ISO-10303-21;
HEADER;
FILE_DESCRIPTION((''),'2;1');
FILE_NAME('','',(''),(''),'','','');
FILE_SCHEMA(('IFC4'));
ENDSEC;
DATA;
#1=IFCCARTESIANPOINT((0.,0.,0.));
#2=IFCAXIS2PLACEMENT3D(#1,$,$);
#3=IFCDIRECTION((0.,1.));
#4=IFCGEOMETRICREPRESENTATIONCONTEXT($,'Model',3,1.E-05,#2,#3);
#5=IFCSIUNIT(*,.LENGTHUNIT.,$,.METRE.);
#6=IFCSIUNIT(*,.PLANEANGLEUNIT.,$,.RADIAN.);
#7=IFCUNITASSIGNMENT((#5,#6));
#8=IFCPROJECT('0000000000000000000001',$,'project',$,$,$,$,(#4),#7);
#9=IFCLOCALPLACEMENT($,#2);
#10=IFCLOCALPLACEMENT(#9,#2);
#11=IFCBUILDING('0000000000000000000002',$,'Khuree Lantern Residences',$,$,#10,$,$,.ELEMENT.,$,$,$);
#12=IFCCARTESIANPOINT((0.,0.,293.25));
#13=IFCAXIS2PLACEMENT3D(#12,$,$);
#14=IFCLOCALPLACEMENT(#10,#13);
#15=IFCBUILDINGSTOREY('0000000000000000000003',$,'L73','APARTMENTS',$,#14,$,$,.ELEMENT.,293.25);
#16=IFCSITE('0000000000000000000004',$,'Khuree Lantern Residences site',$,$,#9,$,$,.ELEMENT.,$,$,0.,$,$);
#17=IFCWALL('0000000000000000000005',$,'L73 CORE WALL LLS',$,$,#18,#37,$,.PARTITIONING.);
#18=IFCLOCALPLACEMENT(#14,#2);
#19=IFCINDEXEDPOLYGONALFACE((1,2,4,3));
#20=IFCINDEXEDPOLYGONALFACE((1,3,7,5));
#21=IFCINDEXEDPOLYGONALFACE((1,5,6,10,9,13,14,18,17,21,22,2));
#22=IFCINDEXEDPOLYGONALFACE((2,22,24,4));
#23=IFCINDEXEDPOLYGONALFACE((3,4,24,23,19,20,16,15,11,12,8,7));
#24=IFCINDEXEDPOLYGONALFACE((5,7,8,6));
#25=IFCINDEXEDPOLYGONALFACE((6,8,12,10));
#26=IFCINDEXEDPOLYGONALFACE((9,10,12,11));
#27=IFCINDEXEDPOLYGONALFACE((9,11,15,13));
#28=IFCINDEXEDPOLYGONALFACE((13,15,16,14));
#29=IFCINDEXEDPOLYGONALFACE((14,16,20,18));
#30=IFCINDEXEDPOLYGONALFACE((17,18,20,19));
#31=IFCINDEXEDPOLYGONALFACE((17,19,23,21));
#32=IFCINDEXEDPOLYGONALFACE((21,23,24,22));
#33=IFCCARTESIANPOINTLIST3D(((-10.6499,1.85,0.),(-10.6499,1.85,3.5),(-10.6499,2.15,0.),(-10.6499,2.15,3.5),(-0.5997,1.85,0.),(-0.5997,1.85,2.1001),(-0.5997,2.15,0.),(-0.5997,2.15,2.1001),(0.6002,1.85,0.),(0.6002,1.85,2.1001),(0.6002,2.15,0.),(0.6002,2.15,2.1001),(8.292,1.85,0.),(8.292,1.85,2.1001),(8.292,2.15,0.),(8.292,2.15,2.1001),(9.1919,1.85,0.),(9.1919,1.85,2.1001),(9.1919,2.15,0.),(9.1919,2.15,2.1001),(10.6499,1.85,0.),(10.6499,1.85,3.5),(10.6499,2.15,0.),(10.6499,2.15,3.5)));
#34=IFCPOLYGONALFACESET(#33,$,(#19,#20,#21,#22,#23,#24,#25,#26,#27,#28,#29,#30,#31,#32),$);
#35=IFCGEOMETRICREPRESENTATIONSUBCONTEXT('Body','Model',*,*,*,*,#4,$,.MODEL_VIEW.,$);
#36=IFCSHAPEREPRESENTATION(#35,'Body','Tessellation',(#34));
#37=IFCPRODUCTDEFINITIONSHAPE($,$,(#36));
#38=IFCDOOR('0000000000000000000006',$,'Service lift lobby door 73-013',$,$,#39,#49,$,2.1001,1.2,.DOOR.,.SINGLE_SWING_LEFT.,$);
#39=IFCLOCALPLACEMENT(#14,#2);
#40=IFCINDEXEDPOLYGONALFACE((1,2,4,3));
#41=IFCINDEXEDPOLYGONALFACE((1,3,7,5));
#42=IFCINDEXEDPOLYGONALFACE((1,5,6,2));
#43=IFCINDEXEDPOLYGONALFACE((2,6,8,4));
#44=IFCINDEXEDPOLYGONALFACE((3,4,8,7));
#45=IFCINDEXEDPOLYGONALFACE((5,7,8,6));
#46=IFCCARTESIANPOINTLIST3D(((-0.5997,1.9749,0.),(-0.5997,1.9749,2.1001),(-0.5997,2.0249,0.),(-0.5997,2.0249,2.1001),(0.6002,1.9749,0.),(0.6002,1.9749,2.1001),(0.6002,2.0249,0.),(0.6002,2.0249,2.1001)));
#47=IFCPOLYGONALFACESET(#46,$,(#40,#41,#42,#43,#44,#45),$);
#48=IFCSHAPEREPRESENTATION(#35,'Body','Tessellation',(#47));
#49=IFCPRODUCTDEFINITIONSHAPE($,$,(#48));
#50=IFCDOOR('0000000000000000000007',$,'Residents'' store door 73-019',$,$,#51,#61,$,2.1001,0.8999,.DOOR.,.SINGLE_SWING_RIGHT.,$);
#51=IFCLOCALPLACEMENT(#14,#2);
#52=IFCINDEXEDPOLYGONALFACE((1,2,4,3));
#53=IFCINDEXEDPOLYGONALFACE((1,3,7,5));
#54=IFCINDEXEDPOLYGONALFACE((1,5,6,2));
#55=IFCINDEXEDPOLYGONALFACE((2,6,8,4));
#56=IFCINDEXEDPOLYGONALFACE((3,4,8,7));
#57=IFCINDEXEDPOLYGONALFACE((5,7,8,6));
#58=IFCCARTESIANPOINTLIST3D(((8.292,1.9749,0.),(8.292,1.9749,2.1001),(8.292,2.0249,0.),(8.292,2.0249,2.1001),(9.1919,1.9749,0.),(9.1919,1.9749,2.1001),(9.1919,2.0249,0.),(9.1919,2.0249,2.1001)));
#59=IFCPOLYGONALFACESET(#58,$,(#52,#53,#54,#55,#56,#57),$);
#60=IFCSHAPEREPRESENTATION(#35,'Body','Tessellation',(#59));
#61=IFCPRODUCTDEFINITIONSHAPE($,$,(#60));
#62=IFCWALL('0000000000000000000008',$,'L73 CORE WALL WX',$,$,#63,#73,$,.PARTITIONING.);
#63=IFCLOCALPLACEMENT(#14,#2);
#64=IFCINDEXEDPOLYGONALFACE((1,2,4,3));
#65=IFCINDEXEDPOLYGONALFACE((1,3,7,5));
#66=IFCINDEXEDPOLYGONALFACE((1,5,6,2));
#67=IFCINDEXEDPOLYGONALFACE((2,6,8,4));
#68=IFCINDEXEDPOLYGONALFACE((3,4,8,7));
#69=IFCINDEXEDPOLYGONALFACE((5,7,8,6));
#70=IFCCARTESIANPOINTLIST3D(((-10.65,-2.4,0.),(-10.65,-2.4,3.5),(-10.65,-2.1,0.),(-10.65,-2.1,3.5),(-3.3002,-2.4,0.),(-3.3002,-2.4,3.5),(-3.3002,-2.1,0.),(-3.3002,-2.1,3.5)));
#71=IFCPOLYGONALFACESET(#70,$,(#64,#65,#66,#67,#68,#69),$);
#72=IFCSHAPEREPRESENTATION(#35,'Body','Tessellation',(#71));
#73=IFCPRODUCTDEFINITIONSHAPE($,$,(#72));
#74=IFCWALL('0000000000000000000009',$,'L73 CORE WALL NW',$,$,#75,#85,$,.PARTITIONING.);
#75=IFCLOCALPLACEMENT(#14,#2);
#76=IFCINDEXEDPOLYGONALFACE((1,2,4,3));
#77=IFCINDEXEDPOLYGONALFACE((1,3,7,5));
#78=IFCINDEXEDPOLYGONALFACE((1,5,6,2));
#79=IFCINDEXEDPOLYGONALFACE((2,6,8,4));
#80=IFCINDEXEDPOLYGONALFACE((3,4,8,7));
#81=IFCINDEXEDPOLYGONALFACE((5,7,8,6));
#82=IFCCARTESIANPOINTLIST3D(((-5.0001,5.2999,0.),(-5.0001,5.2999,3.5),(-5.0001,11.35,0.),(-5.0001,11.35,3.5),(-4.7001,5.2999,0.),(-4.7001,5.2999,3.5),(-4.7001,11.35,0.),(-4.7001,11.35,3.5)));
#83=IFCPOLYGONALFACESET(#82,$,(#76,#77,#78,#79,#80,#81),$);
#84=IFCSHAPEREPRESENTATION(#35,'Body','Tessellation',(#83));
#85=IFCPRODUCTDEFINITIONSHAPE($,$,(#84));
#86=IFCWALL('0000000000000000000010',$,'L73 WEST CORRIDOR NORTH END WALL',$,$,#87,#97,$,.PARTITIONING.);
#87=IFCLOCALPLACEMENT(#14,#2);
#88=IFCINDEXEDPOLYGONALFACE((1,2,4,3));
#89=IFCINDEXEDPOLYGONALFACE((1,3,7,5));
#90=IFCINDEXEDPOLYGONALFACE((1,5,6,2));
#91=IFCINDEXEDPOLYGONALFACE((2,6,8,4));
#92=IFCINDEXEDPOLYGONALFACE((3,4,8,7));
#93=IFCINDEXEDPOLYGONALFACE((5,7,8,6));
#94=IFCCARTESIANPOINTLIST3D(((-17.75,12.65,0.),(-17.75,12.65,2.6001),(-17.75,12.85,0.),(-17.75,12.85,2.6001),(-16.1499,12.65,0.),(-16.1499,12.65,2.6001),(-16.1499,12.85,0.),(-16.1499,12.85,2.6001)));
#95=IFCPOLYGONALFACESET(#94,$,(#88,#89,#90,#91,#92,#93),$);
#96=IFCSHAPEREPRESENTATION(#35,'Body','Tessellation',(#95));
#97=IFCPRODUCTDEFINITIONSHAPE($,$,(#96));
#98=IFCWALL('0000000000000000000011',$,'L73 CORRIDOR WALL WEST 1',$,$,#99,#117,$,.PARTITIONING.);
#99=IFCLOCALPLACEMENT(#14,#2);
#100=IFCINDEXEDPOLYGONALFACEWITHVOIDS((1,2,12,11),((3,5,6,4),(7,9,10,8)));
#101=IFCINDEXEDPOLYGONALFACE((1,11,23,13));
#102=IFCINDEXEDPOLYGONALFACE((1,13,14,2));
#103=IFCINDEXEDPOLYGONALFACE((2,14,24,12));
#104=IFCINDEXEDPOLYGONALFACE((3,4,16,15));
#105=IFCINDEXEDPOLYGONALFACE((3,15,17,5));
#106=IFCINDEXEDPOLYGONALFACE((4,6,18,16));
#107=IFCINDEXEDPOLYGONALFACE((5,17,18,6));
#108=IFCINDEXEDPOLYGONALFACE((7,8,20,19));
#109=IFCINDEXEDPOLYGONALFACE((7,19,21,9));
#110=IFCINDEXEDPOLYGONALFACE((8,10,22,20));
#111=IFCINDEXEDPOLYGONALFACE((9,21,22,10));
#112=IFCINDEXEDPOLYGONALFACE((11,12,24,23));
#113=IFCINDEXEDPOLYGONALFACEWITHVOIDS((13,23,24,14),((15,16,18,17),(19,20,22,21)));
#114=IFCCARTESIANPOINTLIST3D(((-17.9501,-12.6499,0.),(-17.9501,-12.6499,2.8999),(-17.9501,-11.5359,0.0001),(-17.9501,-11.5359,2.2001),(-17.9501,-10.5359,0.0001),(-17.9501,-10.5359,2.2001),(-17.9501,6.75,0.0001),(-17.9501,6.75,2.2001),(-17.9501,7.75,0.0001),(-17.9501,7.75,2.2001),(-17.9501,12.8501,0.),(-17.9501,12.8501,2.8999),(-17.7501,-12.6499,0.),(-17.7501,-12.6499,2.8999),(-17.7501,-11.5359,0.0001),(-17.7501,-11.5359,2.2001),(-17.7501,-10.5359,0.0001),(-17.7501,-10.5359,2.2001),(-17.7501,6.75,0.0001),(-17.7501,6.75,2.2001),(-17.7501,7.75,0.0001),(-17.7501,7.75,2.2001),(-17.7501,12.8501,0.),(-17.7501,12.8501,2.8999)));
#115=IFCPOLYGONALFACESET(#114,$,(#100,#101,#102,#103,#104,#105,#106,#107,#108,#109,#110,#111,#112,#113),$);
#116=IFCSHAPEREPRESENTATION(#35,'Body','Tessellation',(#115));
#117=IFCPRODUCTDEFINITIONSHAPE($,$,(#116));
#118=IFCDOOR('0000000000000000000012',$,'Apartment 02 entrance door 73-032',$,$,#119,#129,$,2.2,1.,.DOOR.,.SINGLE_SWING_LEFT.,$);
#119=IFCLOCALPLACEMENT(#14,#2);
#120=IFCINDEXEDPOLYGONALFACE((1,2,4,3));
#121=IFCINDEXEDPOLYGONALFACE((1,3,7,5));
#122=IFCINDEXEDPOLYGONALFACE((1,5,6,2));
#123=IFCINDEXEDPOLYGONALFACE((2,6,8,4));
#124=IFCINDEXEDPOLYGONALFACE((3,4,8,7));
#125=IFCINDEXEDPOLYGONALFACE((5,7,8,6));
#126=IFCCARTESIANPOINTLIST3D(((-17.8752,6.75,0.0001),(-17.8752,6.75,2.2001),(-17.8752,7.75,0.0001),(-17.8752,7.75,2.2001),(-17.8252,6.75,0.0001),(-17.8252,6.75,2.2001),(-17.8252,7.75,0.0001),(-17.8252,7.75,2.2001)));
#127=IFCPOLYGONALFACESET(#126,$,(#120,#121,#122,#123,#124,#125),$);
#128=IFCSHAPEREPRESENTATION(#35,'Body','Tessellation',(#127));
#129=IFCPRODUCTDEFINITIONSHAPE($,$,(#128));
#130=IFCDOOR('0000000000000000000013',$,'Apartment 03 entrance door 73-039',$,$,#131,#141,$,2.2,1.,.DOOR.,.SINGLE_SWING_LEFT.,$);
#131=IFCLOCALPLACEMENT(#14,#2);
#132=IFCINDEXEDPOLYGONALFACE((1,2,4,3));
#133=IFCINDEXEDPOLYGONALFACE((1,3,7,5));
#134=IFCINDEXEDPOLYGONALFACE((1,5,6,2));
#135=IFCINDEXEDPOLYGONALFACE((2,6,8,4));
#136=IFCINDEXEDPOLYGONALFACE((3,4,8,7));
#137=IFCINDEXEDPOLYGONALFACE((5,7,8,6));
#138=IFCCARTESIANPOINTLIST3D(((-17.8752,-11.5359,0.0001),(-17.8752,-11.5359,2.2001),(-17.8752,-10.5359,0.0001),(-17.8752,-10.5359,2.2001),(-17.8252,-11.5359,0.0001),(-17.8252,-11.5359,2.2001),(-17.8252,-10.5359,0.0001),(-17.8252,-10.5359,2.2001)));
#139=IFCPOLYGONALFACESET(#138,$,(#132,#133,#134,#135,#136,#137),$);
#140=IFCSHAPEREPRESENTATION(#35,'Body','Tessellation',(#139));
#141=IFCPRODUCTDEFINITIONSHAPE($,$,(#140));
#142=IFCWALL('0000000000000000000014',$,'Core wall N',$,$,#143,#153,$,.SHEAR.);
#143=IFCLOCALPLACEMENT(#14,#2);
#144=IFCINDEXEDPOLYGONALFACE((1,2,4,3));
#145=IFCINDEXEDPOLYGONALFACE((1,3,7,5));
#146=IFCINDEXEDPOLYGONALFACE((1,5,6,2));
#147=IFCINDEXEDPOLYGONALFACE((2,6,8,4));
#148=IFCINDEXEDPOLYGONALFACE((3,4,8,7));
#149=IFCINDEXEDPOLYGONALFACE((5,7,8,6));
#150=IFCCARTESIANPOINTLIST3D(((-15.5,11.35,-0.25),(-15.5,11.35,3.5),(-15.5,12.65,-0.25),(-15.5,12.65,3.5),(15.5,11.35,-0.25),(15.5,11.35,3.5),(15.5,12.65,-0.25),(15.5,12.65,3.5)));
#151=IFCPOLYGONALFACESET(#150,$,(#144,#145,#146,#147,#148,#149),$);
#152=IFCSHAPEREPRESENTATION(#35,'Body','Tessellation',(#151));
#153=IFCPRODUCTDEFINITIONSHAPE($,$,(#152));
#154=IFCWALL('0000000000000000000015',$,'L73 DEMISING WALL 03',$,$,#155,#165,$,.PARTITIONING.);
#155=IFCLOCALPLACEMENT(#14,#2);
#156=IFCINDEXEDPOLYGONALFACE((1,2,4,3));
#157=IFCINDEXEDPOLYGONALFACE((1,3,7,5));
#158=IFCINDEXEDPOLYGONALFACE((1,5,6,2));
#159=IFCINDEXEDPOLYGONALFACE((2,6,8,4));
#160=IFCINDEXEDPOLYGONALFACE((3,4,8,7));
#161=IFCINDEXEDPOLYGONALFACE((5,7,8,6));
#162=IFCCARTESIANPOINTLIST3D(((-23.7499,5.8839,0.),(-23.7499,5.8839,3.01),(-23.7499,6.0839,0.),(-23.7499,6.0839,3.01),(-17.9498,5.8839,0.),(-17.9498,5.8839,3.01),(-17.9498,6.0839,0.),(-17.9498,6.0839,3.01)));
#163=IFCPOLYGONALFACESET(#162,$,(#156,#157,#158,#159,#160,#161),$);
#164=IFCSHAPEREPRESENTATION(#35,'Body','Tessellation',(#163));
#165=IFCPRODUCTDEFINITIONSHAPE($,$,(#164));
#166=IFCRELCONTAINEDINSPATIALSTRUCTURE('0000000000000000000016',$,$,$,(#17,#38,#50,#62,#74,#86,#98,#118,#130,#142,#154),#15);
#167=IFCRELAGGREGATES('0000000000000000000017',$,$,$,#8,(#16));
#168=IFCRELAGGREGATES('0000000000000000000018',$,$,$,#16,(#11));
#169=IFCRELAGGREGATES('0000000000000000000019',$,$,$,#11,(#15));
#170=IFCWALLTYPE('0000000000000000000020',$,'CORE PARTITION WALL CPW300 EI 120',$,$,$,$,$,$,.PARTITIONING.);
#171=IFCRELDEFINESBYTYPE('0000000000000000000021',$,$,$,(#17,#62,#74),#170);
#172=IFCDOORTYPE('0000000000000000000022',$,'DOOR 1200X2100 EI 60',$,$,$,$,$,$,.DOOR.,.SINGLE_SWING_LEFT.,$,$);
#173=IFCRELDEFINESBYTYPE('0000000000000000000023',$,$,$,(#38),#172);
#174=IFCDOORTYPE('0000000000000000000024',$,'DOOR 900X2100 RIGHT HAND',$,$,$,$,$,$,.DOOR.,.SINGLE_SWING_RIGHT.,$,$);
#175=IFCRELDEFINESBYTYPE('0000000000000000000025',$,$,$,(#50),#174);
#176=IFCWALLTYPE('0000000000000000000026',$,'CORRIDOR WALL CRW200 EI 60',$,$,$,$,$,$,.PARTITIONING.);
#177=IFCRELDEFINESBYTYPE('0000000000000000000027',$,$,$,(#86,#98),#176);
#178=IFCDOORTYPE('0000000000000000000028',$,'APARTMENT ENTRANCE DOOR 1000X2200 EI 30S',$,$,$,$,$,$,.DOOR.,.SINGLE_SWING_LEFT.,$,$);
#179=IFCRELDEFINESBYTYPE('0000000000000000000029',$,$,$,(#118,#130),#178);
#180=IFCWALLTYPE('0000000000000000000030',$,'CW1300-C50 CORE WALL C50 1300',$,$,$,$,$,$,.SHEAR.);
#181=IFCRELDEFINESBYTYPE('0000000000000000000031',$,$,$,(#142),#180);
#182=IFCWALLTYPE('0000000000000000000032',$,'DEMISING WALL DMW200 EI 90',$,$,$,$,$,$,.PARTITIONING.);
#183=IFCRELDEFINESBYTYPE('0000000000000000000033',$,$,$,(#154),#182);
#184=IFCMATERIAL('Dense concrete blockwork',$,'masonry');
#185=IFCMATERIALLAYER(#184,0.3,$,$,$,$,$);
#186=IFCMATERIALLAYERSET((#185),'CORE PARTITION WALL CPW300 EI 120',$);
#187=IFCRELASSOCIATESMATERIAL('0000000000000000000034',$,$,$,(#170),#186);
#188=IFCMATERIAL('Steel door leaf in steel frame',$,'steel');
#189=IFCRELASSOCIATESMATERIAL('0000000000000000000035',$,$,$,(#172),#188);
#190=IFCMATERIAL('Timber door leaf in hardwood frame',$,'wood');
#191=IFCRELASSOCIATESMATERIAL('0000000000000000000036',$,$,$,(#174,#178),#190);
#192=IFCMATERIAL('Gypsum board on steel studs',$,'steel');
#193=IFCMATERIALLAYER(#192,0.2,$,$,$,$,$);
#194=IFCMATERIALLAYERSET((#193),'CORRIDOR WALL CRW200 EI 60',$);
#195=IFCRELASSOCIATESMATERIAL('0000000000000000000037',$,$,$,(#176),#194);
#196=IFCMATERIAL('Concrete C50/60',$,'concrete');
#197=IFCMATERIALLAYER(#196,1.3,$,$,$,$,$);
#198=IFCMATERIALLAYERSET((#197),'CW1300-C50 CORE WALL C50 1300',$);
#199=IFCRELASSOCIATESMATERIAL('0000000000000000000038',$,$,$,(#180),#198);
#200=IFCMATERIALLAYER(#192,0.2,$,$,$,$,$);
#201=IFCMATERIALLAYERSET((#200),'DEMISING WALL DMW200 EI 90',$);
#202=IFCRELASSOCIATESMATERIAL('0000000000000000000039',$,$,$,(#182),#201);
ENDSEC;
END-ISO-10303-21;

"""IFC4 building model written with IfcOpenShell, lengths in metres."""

from ifc_helpers import new_model, si_unit, direction, frame, frame_2d, origin, place, context, subcontext, project, spatial, rectangle, extrude, material, layer, layer_set, type_object, element, fill, save


model = new_model("IFC4")

# Units and contexts
model_context = context("Model", 3, precision=1e-05, world=origin(), true_north=direction((0.0, 1.0)))
body_context = subcontext(model_context, "Body", "Model", "MODEL_VIEW")
ifc_project = project(units=[si_unit("LENGTHUNIT", "METRE"), si_unit("PLANEANGLEUNIT", "RADIAN")], contexts=[model_context])

# Site, building, storey
site_placement = place(None, origin())
site = spatial("IfcSite", under=ifc_project, at=site_placement, Name="Khuree Lantern Residences site", CompositionType="ELEMENT", RefElevation=0.0)
building_placement = place(site_placement, origin())
building = spatial("IfcBuilding", under=site, at=building_placement, Name="Khuree Lantern Residences", CompositionType="ELEMENT")
storey_placement = place(building_placement, frame((0.0, 0.0, 293.25)))
storey = spatial("IfcBuildingStorey", under=building, at=storey_placement, Name="L73", Description="APARTMENTS", CompositionType="ELEMENT", Elevation=293.25)

# Shared definitions
ifc_material_1 = material(Name="Concrete C50/60", Category="concrete")

# Shared definitions
ifc_material_2 = material(Name="Dense concrete blockwork", Category="masonry")
ifc_layer_1 = layer(ifc_material_2, 0.3)
ifc_layer_set_1 = layer_set([ifc_layer_1], Name="CORE PARTITION WALL CPW300 EI 120")
wall_type_1 = type_object("IfcWallType", Name="CORE PARTITION WALL CPW300 EI 120", PredefinedType="PARTITIONING", material=ifc_layer_set_1)

# Wall, openings, doors
wall_1_placement = place(storey_placement, frame((-10.6499, 2.0, 0.0), z_axis=(0.0, 0.0, 1.0), x_axis=(1.0, 0.0, 0.0)))
wall_1 = element("IfcWall", 1, at=wall_1_placement, inside=storey, type_object=wall_type_1, Name="L73 CORE WALL LLS", PredefinedType="PARTITIONING", context=body_context, shape_type="SweptSolid", body=[
    extrude(rectangle(XDim=21.2998, YDim=0.3, at=frame_2d((10.6499, 0.0))), origin(), (0.0, 0.0, 1.0), 3.5),
])
opening_1_placement = place(wall_1_placement, frame((10.05, 0.0, 0.0)))
opening_1 = element("IfcOpeningElement", 2, at=opening_1_placement, cuts=wall_1, PredefinedType="OPENING", context=body_context, shape_type="SweptSolid", body=[
    extrude(rectangle(XDim=1.2, YDim=2.1001, at=frame_2d((0.6001, 1.05))), frame((0.0, 0.1602, 0.0), z_axis=(0.0, -1.0, 0.0), x_axis=(1.0, 0.0, 0.0)), (0.0, 0.0, 1.0), 0.3201),
])
opening_2_placement = place(wall_1_placement, frame((18.9419, 0.0, 0.0)))
opening_2 = element("IfcOpeningElement", 3, at=opening_2_placement, cuts=wall_1, PredefinedType="OPENING", context=body_context, shape_type="SweptSolid", body=[
    extrude(rectangle(XDim=0.8999, YDim=2.1001, at=frame_2d((0.45, 1.05))), frame((0.0, 0.1602, 0.0), z_axis=(0.0, -1.0, 0.0), x_axis=(1.0, 0.0, 0.0)), (0.0, 0.0, 1.0), 0.3201),
])
ifc_material_3 = material(Name="Steel door leaf in steel frame", Category="steel")
door_type_1 = type_object("IfcDoorType", Name="DOOR 1200X2100 EI 60", OperationType="SINGLE_SWING_LEFT", PredefinedType="DOOR", material=ifc_material_3)
door_1_placement = place(opening_1_placement, origin())
door_1 = element("IfcDoor", 4, at=door_1_placement, inside=storey, type_object=door_type_1, Name="Service lift lobby door 73-013", OperationType="SINGLE_SWING_LEFT", OverallHeight=2.1001, OverallWidth=1.2, PredefinedType="DOOR", context=body_context, shape_type="SweptSolid", body=[
    extrude(rectangle(XDim=1.2, YDim=2.1001, at=frame_2d((0.6001, 1.05))), frame((0.0, 0.0249, 0.0), z_axis=(0.0, -1.0, 0.0), x_axis=(1.0, 0.0, 0.0)), (0.0, 0.0, 1.0), 0.05),
])
fill(opening_1, door_1)
ifc_material_4 = material(Name="Timber door leaf in hardwood frame", Category="wood")
door_type_2 = type_object("IfcDoorType", Name="DOOR 900X2100 RIGHT HAND", OperationType="SINGLE_SWING_RIGHT", PredefinedType="DOOR", material=ifc_material_4)
door_2_placement = place(opening_2_placement, origin())
door_2 = element("IfcDoor", 5, at=door_2_placement, inside=storey, type_object=door_type_2, Name="Residents' store door 73-019", OperationType="SINGLE_SWING_RIGHT", OverallHeight=2.1001, OverallWidth=0.8999, PredefinedType="DOOR", context=body_context, shape_type="SweptSolid", body=[
    extrude(rectangle(XDim=0.8999, YDim=2.1001, at=frame_2d((0.45, 1.05))), frame((0.0, 0.0249, 0.0), z_axis=(0.0, -1.0, 0.0), x_axis=(1.0, 0.0, 0.0)), (0.0, 0.0, 1.0), 0.05),
])
fill(opening_2, door_2)

# Walls
wall_2_placement = place(storey_placement, frame((-10.6499, -2.25, 0.0), z_axis=(0.0, 0.0, 1.0), x_axis=(1.0, 0.0, 0.0)))
element("IfcWall", 6, at=wall_2_placement, inside=storey, type_object=wall_type_1, Name="L73 CORE WALL WX", PredefinedType="PARTITIONING", context=body_context, shape_type="SweptSolid", body=[
    extrude(rectangle(XDim=7.3499, YDim=0.3, at=frame_2d((3.6748, 0.0))), origin(), (0.0, 0.0, 1.0), 3.5),
])
wall_3_placement = place(storey_placement, frame((-4.8501, 5.3, 0.0), z_axis=(0.0, 0.0, 1.0), x_axis=(0.0, 1.0, 0.0)))
element("IfcWall", 7, at=wall_3_placement, inside=storey, type_object=wall_type_1, Name="L73 CORE WALL NW", PredefinedType="PARTITIONING", context=body_context, shape_type="SweptSolid", body=[
    extrude(rectangle(XDim=6.05, YDim=0.3, at=frame_2d((3.0249, 0.0))), origin(), (0.0, 0.0, 1.0), 3.5),
])
ifc_material_5 = material(Name="Gypsum board on steel studs", Category="steel")
ifc_layer_2 = layer(ifc_material_5, 0.2)
ifc_layer_set_2 = layer_set([ifc_layer_2], Name="CORRIDOR WALL CRW200 EI 60")
wall_type_2 = type_object("IfcWallType", Name="CORRIDOR WALL CRW200 EI 60", PredefinedType="PARTITIONING", material=ifc_layer_set_2)
wall_4_placement = place(storey_placement, frame((-16.1499, 12.75, 0.0), z_axis=(0.0, 0.0, 1.0), x_axis=(-1.0, 0.0, 0.0)))
element("IfcWall", 8, at=wall_4_placement, inside=storey, type_object=wall_type_2, Name="L73 WEST CORRIDOR NORTH END WALL", PredefinedType="PARTITIONING", context=body_context, shape_type="SweptSolid", body=[
    extrude(rectangle(XDim=1.6001, YDim=0.2, at=frame_2d((0.8, 0.0))), origin(), (0.0, 0.0, 1.0), 2.6001),
])

# Wall, openings, doors
wall_5_placement = place(storey_placement, frame((-17.8501, 12.8501, 0.0), z_axis=(0.0, 0.0, 1.0), x_axis=(0.0, -1.0, 0.0)))
wall_5 = element("IfcWall", 9, at=wall_5_placement, inside=storey, type_object=wall_type_2, Name="L73 CORRIDOR WALL WEST 1", PredefinedType="PARTITIONING", context=body_context, shape_type="SweptSolid", body=[
    extrude(rectangle(XDim=25.5, YDim=0.2, at=frame_2d((12.75, 0.0))), origin(), (0.0, 0.0, 1.0), 2.8999),
])
opening_3_placement = place(wall_5_placement, frame((5.1001, 0.0, 0.0)))
opening_3 = element("IfcOpeningElement", 10, at=opening_3_placement, cuts=wall_5, PredefinedType="OPENING", context=body_context, shape_type="SweptSolid", body=[
    extrude(rectangle(XDim=1.0, YDim=2.2, at=frame_2d((0.5, 1.1001))), frame((0.0, 0.1099, 0.0), z_axis=(0.0, -1.0, 0.0), x_axis=(1.0, 0.0, 0.0)), (0.0, 0.0, 1.0), 0.22),
])
opening_4_placement = place(wall_5_placement, frame((23.386, 0.0, 0.0)))
opening_4 = element("IfcOpeningElement", 11, at=opening_4_placement, cuts=wall_5, PredefinedType="OPENING", context=body_context, shape_type="SweptSolid", body=[
    extrude(rectangle(XDim=1.0, YDim=2.2, at=frame_2d((0.5, 1.1001))), frame((0.0, 0.1099, 0.0), z_axis=(0.0, -1.0, 0.0), x_axis=(1.0, 0.0, 0.0)), (0.0, 0.0, 1.0), 0.22),
])
door_type_3 = type_object("IfcDoorType", Name="APARTMENT ENTRANCE DOOR 1000X2200 EI 30S", OperationType="SINGLE_SWING_LEFT", PredefinedType="DOOR", material=ifc_material_4)
door_3_placement = place(opening_3_placement, origin())
door_3 = element("IfcDoor", 12, at=door_3_placement, inside=storey, type_object=door_type_3, Name="Apartment 02 entrance door 73-032", OperationType="SINGLE_SWING_LEFT", OverallHeight=2.2, OverallWidth=1.0, PredefinedType="DOOR", context=body_context, shape_type="SweptSolid", body=[
    extrude(rectangle(XDim=1.0, YDim=2.2, at=frame_2d((0.5, 1.1001))), frame((0.0, 0.0249, 0.0), z_axis=(0.0, -1.0, 0.0), x_axis=(1.0, 0.0, 0.0)), (0.0, 0.0, 1.0), 0.05),
])
fill(opening_3, door_3)
door_4_placement = place(opening_4_placement, origin())
door_4 = element("IfcDoor", 13, at=door_4_placement, inside=storey, type_object=door_type_3, Name="Apartment 03 entrance door 73-039", OperationType="SINGLE_SWING_LEFT", OverallHeight=2.2, OverallWidth=1.0, PredefinedType="DOOR", context=body_context, shape_type="SweptSolid", body=[
    extrude(rectangle(XDim=1.0, YDim=2.2, at=frame_2d((0.5, 1.1001))), frame((0.0, 0.0249, 0.0), z_axis=(0.0, -1.0, 0.0), x_axis=(1.0, 0.0, 0.0)), (0.0, 0.0, 1.0), 0.05),
])
fill(opening_4, door_4)

# Walls
ifc_layer_3 = layer(ifc_material_1, 1.3)
ifc_layer_set_3 = layer_set([ifc_layer_3], Name="CW1300-C50 CORE WALL C50 1300")
wall_type_3 = type_object("IfcWallType", Name="CW1300-C50 CORE WALL C50 1300", PredefinedType="SHEAR", material=ifc_layer_set_3)
wall_6_placement = place(storey_placement, frame((-15.5, 12.0, -0.25), z_axis=(0.0, 0.0, 1.0), x_axis=(1.0, 0.0, 0.0)))
element("IfcWall", 14, at=wall_6_placement, inside=storey, type_object=wall_type_3, Name="Core wall N", PredefinedType="SHEAR", context=body_context, shape_type="SweptSolid", body=[
    extrude(rectangle(XDim=31.0, YDim=1.3, at=frame_2d((15.5, 0.0))), origin(), (0.0, 0.0, 1.0), 3.75),
])
ifc_layer_4 = layer(ifc_material_5, 0.2)
ifc_layer_set_4 = layer_set([ifc_layer_4], Name="DEMISING WALL DMW200 EI 90")
wall_type_4 = type_object("IfcWallType", Name="DEMISING WALL DMW200 EI 90", PredefinedType="PARTITIONING", material=ifc_layer_set_4)
wall_7_placement = place(storey_placement, frame((-17.95, 5.9839, 0.0), z_axis=(0.0, 0.0, 1.0), x_axis=(-1.0, 0.0, 0.0)))
element("IfcWall", 15, at=wall_7_placement, inside=storey, type_object=wall_type_4, Name="L73 DEMISING WALL 03", PredefinedType="PARTITIONING", context=body_context, shape_type="SweptSolid", body=[
    extrude(rectangle(XDim=5.8, YDim=0.2, at=frame_2d((2.8999, 0.0))), origin(), (0.0, 0.0, 1.0), 3.01),
])

save(model, "model.ifc")
